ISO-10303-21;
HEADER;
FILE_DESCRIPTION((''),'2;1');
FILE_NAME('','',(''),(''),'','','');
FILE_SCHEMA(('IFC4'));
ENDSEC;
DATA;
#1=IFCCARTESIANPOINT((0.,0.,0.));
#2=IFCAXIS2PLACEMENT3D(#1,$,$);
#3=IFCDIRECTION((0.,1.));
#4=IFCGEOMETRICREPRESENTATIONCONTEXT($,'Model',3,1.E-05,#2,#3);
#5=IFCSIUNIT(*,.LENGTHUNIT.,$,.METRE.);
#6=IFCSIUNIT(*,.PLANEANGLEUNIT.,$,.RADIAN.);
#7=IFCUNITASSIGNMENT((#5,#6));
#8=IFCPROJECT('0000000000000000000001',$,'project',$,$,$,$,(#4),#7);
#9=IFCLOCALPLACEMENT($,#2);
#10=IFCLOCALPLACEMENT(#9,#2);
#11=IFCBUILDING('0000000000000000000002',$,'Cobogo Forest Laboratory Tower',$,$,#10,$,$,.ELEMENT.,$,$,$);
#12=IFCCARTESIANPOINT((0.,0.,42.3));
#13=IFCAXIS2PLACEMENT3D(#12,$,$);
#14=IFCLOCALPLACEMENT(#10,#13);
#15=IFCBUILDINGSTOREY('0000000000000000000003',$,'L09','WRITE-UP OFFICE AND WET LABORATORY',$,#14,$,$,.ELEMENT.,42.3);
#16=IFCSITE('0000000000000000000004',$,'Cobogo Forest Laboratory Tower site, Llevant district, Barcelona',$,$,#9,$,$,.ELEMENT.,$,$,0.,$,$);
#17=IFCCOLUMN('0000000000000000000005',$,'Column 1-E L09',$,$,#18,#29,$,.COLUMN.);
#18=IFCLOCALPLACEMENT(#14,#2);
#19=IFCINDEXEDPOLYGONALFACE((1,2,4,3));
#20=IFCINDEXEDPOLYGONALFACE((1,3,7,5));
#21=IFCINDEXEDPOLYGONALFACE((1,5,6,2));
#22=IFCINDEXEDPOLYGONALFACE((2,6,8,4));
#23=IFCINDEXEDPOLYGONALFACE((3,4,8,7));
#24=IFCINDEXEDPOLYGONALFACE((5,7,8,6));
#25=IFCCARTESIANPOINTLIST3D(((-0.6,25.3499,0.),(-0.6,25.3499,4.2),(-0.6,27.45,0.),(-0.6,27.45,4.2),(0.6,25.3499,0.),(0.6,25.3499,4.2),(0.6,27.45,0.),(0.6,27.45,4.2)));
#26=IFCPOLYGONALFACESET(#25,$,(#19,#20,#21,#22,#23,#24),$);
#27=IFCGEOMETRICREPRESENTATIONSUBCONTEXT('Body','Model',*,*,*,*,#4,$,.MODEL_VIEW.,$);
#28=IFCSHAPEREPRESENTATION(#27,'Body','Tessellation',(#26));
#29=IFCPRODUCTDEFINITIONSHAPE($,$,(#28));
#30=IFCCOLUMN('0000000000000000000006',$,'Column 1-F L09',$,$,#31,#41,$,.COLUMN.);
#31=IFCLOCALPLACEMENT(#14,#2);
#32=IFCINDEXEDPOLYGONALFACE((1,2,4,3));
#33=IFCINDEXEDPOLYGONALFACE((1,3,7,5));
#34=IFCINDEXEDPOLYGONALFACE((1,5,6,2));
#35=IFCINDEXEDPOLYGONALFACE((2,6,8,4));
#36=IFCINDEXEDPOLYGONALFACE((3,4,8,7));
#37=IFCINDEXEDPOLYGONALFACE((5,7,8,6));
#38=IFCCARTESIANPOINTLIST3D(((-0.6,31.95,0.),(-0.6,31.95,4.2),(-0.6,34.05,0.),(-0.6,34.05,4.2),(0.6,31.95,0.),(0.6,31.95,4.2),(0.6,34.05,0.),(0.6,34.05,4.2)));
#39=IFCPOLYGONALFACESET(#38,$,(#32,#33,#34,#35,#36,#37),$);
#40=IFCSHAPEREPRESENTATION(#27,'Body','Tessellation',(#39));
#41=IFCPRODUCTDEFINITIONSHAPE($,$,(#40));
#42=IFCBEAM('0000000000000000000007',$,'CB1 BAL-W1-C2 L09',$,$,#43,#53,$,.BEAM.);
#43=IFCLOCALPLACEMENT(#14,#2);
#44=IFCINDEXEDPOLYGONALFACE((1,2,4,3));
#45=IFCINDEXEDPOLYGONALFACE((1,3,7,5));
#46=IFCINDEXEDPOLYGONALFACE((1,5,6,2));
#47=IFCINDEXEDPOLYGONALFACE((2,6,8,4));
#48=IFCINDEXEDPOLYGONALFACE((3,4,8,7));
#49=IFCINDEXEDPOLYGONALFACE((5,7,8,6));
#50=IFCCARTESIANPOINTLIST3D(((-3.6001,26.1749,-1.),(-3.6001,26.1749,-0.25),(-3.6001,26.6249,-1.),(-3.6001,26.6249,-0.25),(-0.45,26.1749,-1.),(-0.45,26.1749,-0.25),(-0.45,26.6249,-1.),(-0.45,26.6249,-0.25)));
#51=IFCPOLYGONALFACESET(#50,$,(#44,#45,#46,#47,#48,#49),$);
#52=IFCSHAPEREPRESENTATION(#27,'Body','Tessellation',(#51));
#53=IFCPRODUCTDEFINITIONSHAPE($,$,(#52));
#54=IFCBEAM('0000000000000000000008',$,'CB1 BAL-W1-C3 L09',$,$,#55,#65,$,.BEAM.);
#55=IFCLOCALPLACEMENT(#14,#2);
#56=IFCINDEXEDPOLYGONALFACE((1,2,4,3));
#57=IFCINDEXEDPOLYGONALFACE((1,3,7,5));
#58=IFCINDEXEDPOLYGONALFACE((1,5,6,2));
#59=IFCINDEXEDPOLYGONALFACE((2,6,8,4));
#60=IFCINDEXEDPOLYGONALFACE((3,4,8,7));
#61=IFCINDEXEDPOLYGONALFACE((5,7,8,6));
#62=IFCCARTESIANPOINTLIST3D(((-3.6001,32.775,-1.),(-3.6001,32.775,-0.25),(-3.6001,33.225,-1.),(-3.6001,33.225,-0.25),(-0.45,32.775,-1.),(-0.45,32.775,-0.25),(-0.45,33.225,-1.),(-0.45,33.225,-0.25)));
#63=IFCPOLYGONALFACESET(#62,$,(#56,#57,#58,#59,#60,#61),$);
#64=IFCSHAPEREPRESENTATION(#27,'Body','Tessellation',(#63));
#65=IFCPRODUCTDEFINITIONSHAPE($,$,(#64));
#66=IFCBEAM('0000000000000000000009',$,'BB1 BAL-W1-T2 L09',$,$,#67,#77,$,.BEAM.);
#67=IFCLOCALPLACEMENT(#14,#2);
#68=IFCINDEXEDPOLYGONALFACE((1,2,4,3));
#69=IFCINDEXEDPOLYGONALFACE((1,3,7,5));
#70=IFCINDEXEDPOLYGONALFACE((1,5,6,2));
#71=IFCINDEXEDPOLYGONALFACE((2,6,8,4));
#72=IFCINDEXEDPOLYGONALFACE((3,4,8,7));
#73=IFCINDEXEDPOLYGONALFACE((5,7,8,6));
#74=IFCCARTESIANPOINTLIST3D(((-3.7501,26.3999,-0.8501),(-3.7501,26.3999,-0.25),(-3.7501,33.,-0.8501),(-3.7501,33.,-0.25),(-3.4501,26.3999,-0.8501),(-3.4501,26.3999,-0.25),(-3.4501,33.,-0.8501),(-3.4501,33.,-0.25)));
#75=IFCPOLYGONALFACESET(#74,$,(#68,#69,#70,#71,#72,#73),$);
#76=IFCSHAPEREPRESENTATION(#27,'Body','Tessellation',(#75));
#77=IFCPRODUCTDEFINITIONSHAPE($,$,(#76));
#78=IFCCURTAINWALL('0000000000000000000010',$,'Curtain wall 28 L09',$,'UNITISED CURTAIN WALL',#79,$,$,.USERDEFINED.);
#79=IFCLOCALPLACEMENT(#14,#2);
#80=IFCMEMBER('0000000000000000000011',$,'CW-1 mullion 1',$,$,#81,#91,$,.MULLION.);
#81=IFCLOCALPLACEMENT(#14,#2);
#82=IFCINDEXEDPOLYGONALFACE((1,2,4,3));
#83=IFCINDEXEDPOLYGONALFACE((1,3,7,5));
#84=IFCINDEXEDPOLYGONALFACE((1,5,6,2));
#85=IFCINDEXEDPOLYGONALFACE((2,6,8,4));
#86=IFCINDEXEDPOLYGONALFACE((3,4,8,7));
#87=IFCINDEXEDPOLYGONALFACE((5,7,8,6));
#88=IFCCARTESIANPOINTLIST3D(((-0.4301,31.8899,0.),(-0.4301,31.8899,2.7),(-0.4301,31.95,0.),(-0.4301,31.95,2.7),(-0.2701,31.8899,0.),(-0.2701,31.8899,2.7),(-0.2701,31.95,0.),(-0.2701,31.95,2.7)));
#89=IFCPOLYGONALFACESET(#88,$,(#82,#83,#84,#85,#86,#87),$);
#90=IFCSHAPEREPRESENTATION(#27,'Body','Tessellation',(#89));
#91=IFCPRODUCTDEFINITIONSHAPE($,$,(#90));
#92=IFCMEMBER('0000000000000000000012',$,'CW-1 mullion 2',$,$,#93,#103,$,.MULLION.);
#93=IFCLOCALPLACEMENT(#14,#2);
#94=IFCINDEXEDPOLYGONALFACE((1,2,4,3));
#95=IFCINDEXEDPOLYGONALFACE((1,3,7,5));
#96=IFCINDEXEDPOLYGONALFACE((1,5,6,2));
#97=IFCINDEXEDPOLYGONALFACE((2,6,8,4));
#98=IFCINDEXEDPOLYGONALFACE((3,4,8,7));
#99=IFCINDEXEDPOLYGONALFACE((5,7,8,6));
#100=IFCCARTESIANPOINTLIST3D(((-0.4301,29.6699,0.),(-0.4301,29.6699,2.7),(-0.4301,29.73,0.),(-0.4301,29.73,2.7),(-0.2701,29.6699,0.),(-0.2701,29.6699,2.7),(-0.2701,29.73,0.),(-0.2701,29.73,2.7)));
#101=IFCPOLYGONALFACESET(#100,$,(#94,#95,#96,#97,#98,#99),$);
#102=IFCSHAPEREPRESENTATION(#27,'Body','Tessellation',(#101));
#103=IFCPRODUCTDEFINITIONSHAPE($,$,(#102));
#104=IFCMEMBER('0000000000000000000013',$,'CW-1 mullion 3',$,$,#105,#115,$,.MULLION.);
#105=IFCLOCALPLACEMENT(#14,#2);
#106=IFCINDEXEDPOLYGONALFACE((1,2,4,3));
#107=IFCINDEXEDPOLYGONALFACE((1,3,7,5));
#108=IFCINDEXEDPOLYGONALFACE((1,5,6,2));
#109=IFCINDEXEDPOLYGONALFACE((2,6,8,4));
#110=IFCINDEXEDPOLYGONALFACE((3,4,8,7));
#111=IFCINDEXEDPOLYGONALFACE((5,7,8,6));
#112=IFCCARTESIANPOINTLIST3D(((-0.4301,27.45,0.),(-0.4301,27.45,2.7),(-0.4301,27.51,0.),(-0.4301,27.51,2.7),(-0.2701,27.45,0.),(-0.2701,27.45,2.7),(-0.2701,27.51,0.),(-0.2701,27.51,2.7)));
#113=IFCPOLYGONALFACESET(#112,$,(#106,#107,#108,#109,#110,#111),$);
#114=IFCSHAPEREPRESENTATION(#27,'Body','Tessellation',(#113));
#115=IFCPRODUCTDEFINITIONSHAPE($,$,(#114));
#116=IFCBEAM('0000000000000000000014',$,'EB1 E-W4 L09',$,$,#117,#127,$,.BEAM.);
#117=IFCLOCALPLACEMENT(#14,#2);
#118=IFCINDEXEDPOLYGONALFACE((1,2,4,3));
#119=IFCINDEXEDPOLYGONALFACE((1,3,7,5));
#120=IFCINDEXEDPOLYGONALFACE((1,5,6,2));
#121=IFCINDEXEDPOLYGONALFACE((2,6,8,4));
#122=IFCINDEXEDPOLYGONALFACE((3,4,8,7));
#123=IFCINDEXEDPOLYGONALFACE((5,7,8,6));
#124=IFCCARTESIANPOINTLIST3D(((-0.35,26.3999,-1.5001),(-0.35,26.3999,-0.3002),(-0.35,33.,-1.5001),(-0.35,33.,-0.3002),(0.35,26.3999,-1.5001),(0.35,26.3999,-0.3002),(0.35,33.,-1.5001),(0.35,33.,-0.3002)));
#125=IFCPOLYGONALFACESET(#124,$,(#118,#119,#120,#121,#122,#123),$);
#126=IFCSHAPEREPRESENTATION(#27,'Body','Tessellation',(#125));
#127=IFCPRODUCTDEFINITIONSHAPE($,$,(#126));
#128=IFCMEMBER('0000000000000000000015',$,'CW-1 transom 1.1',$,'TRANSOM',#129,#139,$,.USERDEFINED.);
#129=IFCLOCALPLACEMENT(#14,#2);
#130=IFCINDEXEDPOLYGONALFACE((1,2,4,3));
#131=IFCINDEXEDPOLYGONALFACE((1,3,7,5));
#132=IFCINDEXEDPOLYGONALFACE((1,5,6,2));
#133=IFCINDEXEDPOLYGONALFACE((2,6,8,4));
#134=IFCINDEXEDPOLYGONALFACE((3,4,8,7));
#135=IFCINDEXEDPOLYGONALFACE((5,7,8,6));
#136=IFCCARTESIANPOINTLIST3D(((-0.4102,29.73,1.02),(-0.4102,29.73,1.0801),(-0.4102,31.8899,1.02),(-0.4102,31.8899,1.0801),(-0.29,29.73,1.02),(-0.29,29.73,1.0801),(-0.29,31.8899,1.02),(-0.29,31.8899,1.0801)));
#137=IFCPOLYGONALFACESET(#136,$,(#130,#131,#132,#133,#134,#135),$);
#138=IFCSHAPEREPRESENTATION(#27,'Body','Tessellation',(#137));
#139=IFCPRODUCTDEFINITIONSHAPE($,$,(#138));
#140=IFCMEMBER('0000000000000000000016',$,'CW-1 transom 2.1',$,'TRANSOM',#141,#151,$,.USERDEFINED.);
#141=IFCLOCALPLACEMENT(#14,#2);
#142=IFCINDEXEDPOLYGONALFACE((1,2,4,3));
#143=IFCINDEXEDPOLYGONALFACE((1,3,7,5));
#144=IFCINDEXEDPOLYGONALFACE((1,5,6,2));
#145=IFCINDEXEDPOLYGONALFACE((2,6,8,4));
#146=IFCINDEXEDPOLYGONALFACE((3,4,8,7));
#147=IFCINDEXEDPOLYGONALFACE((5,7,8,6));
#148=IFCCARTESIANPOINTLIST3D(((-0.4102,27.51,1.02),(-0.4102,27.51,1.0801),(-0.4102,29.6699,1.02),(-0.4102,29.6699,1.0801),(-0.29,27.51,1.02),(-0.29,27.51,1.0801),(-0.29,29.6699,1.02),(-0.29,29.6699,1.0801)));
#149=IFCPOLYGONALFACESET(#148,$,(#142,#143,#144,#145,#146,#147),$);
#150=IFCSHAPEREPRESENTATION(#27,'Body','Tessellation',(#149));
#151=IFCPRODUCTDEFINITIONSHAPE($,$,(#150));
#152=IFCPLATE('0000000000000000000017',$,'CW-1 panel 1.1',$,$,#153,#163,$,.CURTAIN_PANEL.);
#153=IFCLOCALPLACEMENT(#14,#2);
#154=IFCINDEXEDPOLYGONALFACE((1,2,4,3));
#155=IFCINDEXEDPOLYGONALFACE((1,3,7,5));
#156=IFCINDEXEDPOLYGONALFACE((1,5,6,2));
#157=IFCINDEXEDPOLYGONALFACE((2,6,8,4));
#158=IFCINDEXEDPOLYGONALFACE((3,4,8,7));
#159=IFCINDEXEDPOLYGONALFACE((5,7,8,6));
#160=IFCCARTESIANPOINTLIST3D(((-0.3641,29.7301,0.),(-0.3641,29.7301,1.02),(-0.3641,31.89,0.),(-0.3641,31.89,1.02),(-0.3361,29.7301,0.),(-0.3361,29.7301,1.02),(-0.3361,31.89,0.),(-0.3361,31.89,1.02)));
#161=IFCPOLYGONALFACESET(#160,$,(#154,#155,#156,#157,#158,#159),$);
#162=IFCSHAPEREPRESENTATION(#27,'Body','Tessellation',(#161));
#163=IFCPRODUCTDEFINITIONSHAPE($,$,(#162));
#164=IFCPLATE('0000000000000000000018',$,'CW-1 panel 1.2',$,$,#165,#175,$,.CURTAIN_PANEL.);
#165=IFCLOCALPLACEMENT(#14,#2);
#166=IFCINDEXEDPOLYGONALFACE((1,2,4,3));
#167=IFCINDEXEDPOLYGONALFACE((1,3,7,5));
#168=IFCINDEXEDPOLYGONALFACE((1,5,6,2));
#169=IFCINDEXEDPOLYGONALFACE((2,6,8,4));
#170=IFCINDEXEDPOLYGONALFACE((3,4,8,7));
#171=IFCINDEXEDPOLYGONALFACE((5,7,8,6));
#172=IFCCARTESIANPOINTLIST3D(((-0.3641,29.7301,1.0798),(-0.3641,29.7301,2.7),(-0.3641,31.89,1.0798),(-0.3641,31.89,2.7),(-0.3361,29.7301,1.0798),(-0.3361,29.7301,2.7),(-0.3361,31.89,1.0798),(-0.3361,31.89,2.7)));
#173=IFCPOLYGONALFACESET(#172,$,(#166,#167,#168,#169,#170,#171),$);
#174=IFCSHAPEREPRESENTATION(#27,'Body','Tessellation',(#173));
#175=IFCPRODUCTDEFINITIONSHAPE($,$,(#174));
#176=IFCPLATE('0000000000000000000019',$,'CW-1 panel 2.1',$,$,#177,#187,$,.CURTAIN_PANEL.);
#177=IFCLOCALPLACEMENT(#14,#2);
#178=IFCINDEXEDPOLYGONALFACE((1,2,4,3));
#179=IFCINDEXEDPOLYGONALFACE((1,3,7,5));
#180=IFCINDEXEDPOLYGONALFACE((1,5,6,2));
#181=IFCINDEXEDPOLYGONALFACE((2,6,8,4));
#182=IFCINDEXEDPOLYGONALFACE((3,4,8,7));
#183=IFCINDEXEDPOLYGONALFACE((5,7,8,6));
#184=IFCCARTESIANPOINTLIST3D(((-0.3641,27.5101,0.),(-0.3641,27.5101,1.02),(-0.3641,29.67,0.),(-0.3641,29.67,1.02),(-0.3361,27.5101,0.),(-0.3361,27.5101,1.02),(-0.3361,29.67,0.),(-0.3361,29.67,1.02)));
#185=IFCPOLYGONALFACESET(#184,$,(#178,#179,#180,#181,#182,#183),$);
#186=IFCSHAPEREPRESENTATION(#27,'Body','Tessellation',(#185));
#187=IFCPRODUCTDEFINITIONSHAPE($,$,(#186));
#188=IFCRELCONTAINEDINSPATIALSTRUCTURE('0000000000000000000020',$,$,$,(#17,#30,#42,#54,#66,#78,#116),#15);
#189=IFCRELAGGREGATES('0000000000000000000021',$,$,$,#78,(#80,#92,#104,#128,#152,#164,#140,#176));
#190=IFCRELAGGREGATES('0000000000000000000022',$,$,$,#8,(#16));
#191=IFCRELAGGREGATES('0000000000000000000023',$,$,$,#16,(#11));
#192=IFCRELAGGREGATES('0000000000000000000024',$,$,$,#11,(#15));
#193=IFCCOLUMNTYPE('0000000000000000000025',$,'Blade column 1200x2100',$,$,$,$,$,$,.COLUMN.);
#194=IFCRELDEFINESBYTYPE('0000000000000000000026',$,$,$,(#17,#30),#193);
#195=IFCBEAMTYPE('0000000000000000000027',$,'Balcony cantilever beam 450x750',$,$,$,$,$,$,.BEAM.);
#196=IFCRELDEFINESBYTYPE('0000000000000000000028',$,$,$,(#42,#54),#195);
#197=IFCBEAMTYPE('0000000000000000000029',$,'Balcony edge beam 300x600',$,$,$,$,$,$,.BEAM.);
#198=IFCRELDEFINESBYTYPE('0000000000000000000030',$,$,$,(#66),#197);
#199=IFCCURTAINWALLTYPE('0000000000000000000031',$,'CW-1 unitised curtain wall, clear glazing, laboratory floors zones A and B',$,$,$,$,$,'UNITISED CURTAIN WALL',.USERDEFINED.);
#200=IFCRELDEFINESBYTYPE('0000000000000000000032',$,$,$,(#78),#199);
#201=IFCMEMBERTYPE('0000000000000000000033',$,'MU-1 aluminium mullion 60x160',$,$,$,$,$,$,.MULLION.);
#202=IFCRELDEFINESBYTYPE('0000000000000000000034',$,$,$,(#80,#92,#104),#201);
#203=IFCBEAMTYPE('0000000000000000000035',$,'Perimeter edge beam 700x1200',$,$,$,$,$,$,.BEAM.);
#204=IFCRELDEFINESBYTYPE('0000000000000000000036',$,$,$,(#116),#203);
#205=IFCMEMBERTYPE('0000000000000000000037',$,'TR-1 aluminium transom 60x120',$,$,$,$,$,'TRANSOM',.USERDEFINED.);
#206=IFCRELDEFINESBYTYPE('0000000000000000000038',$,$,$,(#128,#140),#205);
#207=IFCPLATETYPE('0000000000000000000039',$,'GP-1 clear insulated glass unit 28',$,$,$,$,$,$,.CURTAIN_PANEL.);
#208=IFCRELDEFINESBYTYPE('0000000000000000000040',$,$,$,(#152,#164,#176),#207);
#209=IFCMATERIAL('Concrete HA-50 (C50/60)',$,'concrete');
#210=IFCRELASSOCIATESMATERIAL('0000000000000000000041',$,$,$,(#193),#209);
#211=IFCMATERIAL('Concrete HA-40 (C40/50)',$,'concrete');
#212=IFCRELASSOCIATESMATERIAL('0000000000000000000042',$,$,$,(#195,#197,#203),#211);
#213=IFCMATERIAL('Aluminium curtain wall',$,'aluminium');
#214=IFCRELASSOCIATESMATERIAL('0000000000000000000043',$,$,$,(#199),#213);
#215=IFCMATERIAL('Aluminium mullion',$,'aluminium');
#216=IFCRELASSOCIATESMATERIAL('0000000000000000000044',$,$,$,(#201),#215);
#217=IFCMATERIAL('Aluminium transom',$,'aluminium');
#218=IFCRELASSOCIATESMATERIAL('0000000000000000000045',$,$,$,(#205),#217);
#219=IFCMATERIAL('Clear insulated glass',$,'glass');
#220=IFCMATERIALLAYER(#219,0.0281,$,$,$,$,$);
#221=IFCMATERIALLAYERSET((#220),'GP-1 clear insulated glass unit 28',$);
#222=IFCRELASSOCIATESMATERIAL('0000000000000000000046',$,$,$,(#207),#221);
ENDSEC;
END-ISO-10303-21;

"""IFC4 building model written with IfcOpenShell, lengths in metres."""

from ifc_helpers import new_model, si_unit, direction, frame, origin, origin_2d, place, context, subcontext, project, spatial, rectangle, extrude, material, layer, layer_set, material_profile, profile_set, type_object, element, aggregate, save


model = new_model("IFC4")

# Units and contexts
model_context = context("Model", 3, precision=1e-05, world=origin(), true_north=direction((0.0, 1.0)))
body_context = subcontext(model_context, "Body", "Model", "MODEL_VIEW")
ifc_project = project(units=[si_unit("LENGTHUNIT", "METRE"), si_unit("PLANEANGLEUNIT", "RADIAN")], contexts=[model_context])

# Site, building, storey
site_placement = place(None, origin())
site = spatial("IfcSite", under=ifc_project, at=site_placement, Name="Cobogo Forest Laboratory Tower site, Llevant district, Barcelona", CompositionType="ELEMENT", RefElevation=0.0)
building_placement = place(site_placement, origin())
building = spatial("IfcBuilding", under=site, at=building_placement, Name="Cobogo Forest Laboratory Tower", CompositionType="ELEMENT")
storey_placement = place(building_placement, frame((0.0, 0.0, 42.3)))
storey = spatial("IfcBuildingStorey", under=building, at=storey_placement, Name="L09", Description="WRITE-UP OFFICE AND WET LABORATORY", CompositionType="ELEMENT", Elevation=42.3)

# Columns
ifc_material_1 = material(Name="Concrete HA-50 (C50/60)", Category="concrete")
ifc_material_profile_1 = material_profile(ifc_material_1, rectangle(XDim=2.1001, YDim=1.2, at=origin_2d()), Name="RC 1200x2100")
ifc_profile_set_1 = profile_set([ifc_material_profile_1], Name="Concrete HA-50 (C50/60)")
column_type = type_object("IfcColumnType", Name="Blade column 1200x2100", PredefinedType="COLUMN", material=ifc_profile_set_1)
for number, where, z_axis, x_axis, name in (
    (1, (0.0, 26.3999, 0.0), (0.0, 0.0, 1.0), (0.0, 1.0, 0.0), "Column 1-E L09"),
    (2, (0.0, 33.0, 0.0), (0.0, 0.0, 1.0), (0.0, 1.0, 0.0), "Column 1-F L09"),
):
    element("IfcColumn", number, at=place(storey_placement, frame(where, z_axis=z_axis, x_axis=x_axis)), inside=storey, type_object=column_type, Name=name, PredefinedType="COLUMN", context=body_context, shape_type="SweptSolid", body=[
        extrude(rectangle(XDim=2.1001, YDim=1.2, at=origin_2d()), origin(), (0.0, 0.0, 1.0), 4.2),
    ])

# Beams
ifc_material_2 = material(Name="Concrete HA-40 (C40/50)", Category="concrete")
ifc_material_profile_2 = material_profile(ifc_material_2, rectangle(XDim=0.45, YDim=0.75, at=origin_2d()), Name="RC 450x750")
ifc_profile_set_2 = profile_set([ifc_material_profile_2], Name="Concrete HA-40 (C40/50)")
beam_type_1 = type_object("IfcBeamType", Name="Balcony cantilever beam 450x750", PredefinedType="BEAM", material=ifc_profile_set_2)
for number, where, z_axis, x_axis, name in (
    (3, (-0.45, 26.3999, -0.625), (-1.0, 0.0, 0.0), (0.0, -1.0, 0.0), "CB1 BAL-W1-C2 L09"),
    (4, (-0.45, 33.0, -0.625), (-1.0, 0.0, 0.0), (0.0, -1.0, 0.0), "CB1 BAL-W1-C3 L09"),
):
    element("IfcBeam", number, at=place(storey_placement, frame(where, z_axis=z_axis, x_axis=x_axis)), inside=storey, type_object=beam_type_1, Name=name, PredefinedType="BEAM", context=body_context, shape_type="SweptSolid", body=[
        extrude(rectangle(XDim=0.45, YDim=0.75, at=origin_2d()), origin(), (0.0, 0.0, 1.0), 3.1501),
    ])
ifc_material_profile_3 = material_profile(ifc_material_2, rectangle(XDim=0.3, YDim=0.6001, at=origin_2d()), Name="RC 300x600")
ifc_profile_set_3 = profile_set([ifc_material_profile_3], Name="Concrete HA-40 (C40/50)")
beam_type_2 = type_object("IfcBeamType", Name="Balcony edge beam 300x600", PredefinedType="BEAM", material=ifc_profile_set_3)
beam_1_placement = place(storey_placement, frame((-3.6001, 26.3999, -0.55), z_axis=(0.0, 1.0, 0.0), x_axis=(-1.0, 0.0, 0.0)))
element("IfcBeam", 5, at=beam_1_placement, inside=storey, type_object=beam_type_2, Name="BB1 BAL-W1-T2 L09", PredefinedType="BEAM", context=body_context, shape_type="SweptSolid", body=[
    extrude(rectangle(XDim=0.3, YDim=0.6001, at=origin_2d()), origin(), (0.0, 0.0, 1.0), 6.6001),
])

# Curtain wall, members
ifc_material_3 = material(Name="Aluminium curtain wall", Category="aluminium")
curtain_wall_type = type_object("IfcCurtainWallType", Name="CW-1 unitised curtain wall, clear glazing, laboratory floors zones A and B", ElementType="UNITISED CURTAIN WALL", PredefinedType="USERDEFINED", material=ifc_material_3)
curtain_wall_placement = place(storey_placement, origin())
curtain_wall = element("IfcCurtainWall", 6, at=curtain_wall_placement, inside=storey, type_object=curtain_wall_type, Name="Curtain wall 28 L09", ObjectType="UNITISED CURTAIN WALL", PredefinedType="USERDEFINED")
ifc_material_4 = material(Name="Aluminium mullion", Category="aluminium")
ifc_material_profile_4 = material_profile(ifc_material_4, rectangle(XDim=0.0601, YDim=0.1599, at=origin_2d()), Name="AL 60x160")
ifc_profile_set_4 = profile_set([ifc_material_profile_4], Name="Aluminium mullion")
member_type_1 = type_object("IfcMemberType", Name="MU-1 aluminium mullion 60x160", PredefinedType="MULLION", material=ifc_profile_set_4)
member_1_placement = place(storey_placement, frame((-0.3501, 31.9199, 0.0), z_axis=(0.0, 0.0, 1.0), x_axis=(0.0, -1.0, 0.0)))
member_1 = element("IfcMember", 7, at=member_1_placement, type_object=member_type_1, Name="CW-1 mullion 1", PredefinedType="MULLION", context=body_context, shape_type="SweptSolid", body=[
    extrude(rectangle(XDim=0.0601, YDim=0.1599, at=origin_2d()), origin(), (0.0, 0.0, 1.0), 2.7),
])
member_2_placement = place(storey_placement, frame((-0.3501, 29.7, 0.0), z_axis=(0.0, 0.0, 1.0), x_axis=(0.0, -1.0, 0.0)))
member_2 = element("IfcMember", 8, at=member_2_placement, type_object=member_type_1, Name="CW-1 mullion 2", PredefinedType="MULLION", context=body_context, shape_type="SweptSolid", body=[
    extrude(rectangle(XDim=0.0601, YDim=0.1599, at=origin_2d()), origin(), (0.0, 0.0, 1.0), 2.7),
])
member_3_placement = place(storey_placement, frame((-0.3501, 27.48, 0.0), z_axis=(0.0, 0.0, 1.0), x_axis=(0.0, -1.0, 0.0)))
member_3 = element("IfcMember", 9, at=member_3_placement, type_object=member_type_1, Name="CW-1 mullion 3", PredefinedType="MULLION", context=body_context, shape_type="SweptSolid", body=[
    extrude(rectangle(XDim=0.0601, YDim=0.1599, at=origin_2d()), origin(), (0.0, 0.0, 1.0), 2.7),
])

# Beam
ifc_material_profile_5 = material_profile(ifc_material_2, rectangle(XDim=0.7, YDim=1.2, at=origin_2d()), Name="RC 700x1200")
ifc_profile_set_5 = profile_set([ifc_material_profile_5], Name="Concrete HA-40 (C40/50)")
beam_type_3 = type_object("IfcBeamType", Name="Perimeter edge beam 700x1200", PredefinedType="BEAM", material=ifc_profile_set_5)
beam_2_placement = place(storey_placement, frame((0.0, 26.3999, -0.9001), z_axis=(0.0, 1.0, 0.0), x_axis=(-1.0, 0.0, 0.0)))
element("IfcBeam", 10, at=beam_2_placement, inside=storey, type_object=beam_type_3, Name="EB1 E-W4 L09", PredefinedType="BEAM", context=body_context, shape_type="SweptSolid", body=[
    extrude(rectangle(XDim=0.7, YDim=1.2, at=origin_2d()), origin(), (0.0, 0.0, 1.0), 6.6001),
])

# Members
ifc_material_5 = material(Name="Aluminium transom", Category="aluminium")
ifc_material_profile_6 = material_profile(ifc_material_5, rectangle(XDim=0.1201, YDim=0.0601, at=origin_2d()), Name="AL 60x120")
ifc_profile_set_6 = profile_set([ifc_material_profile_6], Name="Aluminium transom")
member_type_2 = type_object("IfcMemberType", Name="TR-1 aluminium transom 60x120", ElementType="TRANSOM", PredefinedType="USERDEFINED", material=ifc_profile_set_6)
member_4_placement = place(storey_placement, frame((-0.3501, 31.8899, 1.05), z_axis=(0.0, -1.0, 0.0), x_axis=(1.0, 0.0, 0.0)))
member_4 = element("IfcMember", 11, at=member_4_placement, type_object=member_type_2, Name="CW-1 transom 1.1", ObjectType="TRANSOM", PredefinedType="USERDEFINED", context=body_context, shape_type="SweptSolid", body=[
    extrude(rectangle(XDim=0.1201, YDim=0.0601, at=origin_2d()), origin(), (0.0, 0.0, 1.0), 2.1599),
])
member_5_placement = place(storey_placement, frame((-0.3501, 29.6699, 1.05), z_axis=(0.0, -1.0, 0.0), x_axis=(1.0, 0.0, 0.0)))
member_5 = element("IfcMember", 12, at=member_5_placement, type_object=member_type_2, Name="CW-1 transom 2.1", ObjectType="TRANSOM", PredefinedType="USERDEFINED", context=body_context, shape_type="SweptSolid", body=[
    extrude(rectangle(XDim=0.1201, YDim=0.0601, at=origin_2d()), origin(), (0.0, 0.0, 1.0), 2.1599),
])

# Plates
ifc_material_6 = material(Name="Clear insulated glass", Category="glass")
ifc_layer_1 = layer(ifc_material_6, 0.0281)
ifc_layer_set_1 = layer_set([ifc_layer_1], Name="GP-1 clear insulated glass unit 28")
plate_type = type_object("IfcPlateType", Name="GP-1 clear insulated glass unit 28", PredefinedType="CURTAIN_PANEL", material=ifc_layer_set_1)
plate_1_placement = place(storey_placement, frame((-0.3501, 30.8101, 0.0), z_axis=(0.0, 0.0, 1.0), x_axis=(0.0, -1.0, 0.0)))
plate_1 = element("IfcPlate", 13, at=plate_1_placement, type_object=plate_type, Name="CW-1 panel 1.1", PredefinedType="CURTAIN_PANEL", context=body_context, shape_type="SweptSolid", body=[
    extrude(rectangle(XDim=2.1599, YDim=0.0281, at=origin_2d()), origin(), (0.0, 0.0, 1.0), 1.02),
])
plate_2_placement = place(storey_placement, frame((-0.3501, 30.8101, 1.0798), z_axis=(0.0, 0.0, 1.0), x_axis=(0.0, -1.0, 0.0)))
plate_2 = element("IfcPlate", 14, at=plate_2_placement, type_object=plate_type, Name="CW-1 panel 1.2", PredefinedType="CURTAIN_PANEL", context=body_context, shape_type="SweptSolid", body=[
    extrude(rectangle(XDim=2.1599, YDim=0.0281, at=origin_2d()), origin(), (0.0, 0.0, 1.0), 1.6201),
])
plate_3_placement = place(storey_placement, frame((-0.3501, 28.5901, 0.0), z_axis=(0.0, 0.0, 1.0), x_axis=(0.0, -1.0, 0.0)))
plate_3 = element("IfcPlate", 15, at=plate_3_placement, type_object=plate_type, Name="CW-1 panel 2.1", PredefinedType="CURTAIN_PANEL", context=body_context, shape_type="SweptSolid", body=[
    extrude(rectangle(XDim=2.1599, YDim=0.0281, at=origin_2d()), origin(), (0.0, 0.0, 1.0), 1.02),
])
aggregate(curtain_wall, [member_1, member_2, member_3, member_4, plate_1, plate_2, member_5, plate_3])

save(model, "model.ifc")
